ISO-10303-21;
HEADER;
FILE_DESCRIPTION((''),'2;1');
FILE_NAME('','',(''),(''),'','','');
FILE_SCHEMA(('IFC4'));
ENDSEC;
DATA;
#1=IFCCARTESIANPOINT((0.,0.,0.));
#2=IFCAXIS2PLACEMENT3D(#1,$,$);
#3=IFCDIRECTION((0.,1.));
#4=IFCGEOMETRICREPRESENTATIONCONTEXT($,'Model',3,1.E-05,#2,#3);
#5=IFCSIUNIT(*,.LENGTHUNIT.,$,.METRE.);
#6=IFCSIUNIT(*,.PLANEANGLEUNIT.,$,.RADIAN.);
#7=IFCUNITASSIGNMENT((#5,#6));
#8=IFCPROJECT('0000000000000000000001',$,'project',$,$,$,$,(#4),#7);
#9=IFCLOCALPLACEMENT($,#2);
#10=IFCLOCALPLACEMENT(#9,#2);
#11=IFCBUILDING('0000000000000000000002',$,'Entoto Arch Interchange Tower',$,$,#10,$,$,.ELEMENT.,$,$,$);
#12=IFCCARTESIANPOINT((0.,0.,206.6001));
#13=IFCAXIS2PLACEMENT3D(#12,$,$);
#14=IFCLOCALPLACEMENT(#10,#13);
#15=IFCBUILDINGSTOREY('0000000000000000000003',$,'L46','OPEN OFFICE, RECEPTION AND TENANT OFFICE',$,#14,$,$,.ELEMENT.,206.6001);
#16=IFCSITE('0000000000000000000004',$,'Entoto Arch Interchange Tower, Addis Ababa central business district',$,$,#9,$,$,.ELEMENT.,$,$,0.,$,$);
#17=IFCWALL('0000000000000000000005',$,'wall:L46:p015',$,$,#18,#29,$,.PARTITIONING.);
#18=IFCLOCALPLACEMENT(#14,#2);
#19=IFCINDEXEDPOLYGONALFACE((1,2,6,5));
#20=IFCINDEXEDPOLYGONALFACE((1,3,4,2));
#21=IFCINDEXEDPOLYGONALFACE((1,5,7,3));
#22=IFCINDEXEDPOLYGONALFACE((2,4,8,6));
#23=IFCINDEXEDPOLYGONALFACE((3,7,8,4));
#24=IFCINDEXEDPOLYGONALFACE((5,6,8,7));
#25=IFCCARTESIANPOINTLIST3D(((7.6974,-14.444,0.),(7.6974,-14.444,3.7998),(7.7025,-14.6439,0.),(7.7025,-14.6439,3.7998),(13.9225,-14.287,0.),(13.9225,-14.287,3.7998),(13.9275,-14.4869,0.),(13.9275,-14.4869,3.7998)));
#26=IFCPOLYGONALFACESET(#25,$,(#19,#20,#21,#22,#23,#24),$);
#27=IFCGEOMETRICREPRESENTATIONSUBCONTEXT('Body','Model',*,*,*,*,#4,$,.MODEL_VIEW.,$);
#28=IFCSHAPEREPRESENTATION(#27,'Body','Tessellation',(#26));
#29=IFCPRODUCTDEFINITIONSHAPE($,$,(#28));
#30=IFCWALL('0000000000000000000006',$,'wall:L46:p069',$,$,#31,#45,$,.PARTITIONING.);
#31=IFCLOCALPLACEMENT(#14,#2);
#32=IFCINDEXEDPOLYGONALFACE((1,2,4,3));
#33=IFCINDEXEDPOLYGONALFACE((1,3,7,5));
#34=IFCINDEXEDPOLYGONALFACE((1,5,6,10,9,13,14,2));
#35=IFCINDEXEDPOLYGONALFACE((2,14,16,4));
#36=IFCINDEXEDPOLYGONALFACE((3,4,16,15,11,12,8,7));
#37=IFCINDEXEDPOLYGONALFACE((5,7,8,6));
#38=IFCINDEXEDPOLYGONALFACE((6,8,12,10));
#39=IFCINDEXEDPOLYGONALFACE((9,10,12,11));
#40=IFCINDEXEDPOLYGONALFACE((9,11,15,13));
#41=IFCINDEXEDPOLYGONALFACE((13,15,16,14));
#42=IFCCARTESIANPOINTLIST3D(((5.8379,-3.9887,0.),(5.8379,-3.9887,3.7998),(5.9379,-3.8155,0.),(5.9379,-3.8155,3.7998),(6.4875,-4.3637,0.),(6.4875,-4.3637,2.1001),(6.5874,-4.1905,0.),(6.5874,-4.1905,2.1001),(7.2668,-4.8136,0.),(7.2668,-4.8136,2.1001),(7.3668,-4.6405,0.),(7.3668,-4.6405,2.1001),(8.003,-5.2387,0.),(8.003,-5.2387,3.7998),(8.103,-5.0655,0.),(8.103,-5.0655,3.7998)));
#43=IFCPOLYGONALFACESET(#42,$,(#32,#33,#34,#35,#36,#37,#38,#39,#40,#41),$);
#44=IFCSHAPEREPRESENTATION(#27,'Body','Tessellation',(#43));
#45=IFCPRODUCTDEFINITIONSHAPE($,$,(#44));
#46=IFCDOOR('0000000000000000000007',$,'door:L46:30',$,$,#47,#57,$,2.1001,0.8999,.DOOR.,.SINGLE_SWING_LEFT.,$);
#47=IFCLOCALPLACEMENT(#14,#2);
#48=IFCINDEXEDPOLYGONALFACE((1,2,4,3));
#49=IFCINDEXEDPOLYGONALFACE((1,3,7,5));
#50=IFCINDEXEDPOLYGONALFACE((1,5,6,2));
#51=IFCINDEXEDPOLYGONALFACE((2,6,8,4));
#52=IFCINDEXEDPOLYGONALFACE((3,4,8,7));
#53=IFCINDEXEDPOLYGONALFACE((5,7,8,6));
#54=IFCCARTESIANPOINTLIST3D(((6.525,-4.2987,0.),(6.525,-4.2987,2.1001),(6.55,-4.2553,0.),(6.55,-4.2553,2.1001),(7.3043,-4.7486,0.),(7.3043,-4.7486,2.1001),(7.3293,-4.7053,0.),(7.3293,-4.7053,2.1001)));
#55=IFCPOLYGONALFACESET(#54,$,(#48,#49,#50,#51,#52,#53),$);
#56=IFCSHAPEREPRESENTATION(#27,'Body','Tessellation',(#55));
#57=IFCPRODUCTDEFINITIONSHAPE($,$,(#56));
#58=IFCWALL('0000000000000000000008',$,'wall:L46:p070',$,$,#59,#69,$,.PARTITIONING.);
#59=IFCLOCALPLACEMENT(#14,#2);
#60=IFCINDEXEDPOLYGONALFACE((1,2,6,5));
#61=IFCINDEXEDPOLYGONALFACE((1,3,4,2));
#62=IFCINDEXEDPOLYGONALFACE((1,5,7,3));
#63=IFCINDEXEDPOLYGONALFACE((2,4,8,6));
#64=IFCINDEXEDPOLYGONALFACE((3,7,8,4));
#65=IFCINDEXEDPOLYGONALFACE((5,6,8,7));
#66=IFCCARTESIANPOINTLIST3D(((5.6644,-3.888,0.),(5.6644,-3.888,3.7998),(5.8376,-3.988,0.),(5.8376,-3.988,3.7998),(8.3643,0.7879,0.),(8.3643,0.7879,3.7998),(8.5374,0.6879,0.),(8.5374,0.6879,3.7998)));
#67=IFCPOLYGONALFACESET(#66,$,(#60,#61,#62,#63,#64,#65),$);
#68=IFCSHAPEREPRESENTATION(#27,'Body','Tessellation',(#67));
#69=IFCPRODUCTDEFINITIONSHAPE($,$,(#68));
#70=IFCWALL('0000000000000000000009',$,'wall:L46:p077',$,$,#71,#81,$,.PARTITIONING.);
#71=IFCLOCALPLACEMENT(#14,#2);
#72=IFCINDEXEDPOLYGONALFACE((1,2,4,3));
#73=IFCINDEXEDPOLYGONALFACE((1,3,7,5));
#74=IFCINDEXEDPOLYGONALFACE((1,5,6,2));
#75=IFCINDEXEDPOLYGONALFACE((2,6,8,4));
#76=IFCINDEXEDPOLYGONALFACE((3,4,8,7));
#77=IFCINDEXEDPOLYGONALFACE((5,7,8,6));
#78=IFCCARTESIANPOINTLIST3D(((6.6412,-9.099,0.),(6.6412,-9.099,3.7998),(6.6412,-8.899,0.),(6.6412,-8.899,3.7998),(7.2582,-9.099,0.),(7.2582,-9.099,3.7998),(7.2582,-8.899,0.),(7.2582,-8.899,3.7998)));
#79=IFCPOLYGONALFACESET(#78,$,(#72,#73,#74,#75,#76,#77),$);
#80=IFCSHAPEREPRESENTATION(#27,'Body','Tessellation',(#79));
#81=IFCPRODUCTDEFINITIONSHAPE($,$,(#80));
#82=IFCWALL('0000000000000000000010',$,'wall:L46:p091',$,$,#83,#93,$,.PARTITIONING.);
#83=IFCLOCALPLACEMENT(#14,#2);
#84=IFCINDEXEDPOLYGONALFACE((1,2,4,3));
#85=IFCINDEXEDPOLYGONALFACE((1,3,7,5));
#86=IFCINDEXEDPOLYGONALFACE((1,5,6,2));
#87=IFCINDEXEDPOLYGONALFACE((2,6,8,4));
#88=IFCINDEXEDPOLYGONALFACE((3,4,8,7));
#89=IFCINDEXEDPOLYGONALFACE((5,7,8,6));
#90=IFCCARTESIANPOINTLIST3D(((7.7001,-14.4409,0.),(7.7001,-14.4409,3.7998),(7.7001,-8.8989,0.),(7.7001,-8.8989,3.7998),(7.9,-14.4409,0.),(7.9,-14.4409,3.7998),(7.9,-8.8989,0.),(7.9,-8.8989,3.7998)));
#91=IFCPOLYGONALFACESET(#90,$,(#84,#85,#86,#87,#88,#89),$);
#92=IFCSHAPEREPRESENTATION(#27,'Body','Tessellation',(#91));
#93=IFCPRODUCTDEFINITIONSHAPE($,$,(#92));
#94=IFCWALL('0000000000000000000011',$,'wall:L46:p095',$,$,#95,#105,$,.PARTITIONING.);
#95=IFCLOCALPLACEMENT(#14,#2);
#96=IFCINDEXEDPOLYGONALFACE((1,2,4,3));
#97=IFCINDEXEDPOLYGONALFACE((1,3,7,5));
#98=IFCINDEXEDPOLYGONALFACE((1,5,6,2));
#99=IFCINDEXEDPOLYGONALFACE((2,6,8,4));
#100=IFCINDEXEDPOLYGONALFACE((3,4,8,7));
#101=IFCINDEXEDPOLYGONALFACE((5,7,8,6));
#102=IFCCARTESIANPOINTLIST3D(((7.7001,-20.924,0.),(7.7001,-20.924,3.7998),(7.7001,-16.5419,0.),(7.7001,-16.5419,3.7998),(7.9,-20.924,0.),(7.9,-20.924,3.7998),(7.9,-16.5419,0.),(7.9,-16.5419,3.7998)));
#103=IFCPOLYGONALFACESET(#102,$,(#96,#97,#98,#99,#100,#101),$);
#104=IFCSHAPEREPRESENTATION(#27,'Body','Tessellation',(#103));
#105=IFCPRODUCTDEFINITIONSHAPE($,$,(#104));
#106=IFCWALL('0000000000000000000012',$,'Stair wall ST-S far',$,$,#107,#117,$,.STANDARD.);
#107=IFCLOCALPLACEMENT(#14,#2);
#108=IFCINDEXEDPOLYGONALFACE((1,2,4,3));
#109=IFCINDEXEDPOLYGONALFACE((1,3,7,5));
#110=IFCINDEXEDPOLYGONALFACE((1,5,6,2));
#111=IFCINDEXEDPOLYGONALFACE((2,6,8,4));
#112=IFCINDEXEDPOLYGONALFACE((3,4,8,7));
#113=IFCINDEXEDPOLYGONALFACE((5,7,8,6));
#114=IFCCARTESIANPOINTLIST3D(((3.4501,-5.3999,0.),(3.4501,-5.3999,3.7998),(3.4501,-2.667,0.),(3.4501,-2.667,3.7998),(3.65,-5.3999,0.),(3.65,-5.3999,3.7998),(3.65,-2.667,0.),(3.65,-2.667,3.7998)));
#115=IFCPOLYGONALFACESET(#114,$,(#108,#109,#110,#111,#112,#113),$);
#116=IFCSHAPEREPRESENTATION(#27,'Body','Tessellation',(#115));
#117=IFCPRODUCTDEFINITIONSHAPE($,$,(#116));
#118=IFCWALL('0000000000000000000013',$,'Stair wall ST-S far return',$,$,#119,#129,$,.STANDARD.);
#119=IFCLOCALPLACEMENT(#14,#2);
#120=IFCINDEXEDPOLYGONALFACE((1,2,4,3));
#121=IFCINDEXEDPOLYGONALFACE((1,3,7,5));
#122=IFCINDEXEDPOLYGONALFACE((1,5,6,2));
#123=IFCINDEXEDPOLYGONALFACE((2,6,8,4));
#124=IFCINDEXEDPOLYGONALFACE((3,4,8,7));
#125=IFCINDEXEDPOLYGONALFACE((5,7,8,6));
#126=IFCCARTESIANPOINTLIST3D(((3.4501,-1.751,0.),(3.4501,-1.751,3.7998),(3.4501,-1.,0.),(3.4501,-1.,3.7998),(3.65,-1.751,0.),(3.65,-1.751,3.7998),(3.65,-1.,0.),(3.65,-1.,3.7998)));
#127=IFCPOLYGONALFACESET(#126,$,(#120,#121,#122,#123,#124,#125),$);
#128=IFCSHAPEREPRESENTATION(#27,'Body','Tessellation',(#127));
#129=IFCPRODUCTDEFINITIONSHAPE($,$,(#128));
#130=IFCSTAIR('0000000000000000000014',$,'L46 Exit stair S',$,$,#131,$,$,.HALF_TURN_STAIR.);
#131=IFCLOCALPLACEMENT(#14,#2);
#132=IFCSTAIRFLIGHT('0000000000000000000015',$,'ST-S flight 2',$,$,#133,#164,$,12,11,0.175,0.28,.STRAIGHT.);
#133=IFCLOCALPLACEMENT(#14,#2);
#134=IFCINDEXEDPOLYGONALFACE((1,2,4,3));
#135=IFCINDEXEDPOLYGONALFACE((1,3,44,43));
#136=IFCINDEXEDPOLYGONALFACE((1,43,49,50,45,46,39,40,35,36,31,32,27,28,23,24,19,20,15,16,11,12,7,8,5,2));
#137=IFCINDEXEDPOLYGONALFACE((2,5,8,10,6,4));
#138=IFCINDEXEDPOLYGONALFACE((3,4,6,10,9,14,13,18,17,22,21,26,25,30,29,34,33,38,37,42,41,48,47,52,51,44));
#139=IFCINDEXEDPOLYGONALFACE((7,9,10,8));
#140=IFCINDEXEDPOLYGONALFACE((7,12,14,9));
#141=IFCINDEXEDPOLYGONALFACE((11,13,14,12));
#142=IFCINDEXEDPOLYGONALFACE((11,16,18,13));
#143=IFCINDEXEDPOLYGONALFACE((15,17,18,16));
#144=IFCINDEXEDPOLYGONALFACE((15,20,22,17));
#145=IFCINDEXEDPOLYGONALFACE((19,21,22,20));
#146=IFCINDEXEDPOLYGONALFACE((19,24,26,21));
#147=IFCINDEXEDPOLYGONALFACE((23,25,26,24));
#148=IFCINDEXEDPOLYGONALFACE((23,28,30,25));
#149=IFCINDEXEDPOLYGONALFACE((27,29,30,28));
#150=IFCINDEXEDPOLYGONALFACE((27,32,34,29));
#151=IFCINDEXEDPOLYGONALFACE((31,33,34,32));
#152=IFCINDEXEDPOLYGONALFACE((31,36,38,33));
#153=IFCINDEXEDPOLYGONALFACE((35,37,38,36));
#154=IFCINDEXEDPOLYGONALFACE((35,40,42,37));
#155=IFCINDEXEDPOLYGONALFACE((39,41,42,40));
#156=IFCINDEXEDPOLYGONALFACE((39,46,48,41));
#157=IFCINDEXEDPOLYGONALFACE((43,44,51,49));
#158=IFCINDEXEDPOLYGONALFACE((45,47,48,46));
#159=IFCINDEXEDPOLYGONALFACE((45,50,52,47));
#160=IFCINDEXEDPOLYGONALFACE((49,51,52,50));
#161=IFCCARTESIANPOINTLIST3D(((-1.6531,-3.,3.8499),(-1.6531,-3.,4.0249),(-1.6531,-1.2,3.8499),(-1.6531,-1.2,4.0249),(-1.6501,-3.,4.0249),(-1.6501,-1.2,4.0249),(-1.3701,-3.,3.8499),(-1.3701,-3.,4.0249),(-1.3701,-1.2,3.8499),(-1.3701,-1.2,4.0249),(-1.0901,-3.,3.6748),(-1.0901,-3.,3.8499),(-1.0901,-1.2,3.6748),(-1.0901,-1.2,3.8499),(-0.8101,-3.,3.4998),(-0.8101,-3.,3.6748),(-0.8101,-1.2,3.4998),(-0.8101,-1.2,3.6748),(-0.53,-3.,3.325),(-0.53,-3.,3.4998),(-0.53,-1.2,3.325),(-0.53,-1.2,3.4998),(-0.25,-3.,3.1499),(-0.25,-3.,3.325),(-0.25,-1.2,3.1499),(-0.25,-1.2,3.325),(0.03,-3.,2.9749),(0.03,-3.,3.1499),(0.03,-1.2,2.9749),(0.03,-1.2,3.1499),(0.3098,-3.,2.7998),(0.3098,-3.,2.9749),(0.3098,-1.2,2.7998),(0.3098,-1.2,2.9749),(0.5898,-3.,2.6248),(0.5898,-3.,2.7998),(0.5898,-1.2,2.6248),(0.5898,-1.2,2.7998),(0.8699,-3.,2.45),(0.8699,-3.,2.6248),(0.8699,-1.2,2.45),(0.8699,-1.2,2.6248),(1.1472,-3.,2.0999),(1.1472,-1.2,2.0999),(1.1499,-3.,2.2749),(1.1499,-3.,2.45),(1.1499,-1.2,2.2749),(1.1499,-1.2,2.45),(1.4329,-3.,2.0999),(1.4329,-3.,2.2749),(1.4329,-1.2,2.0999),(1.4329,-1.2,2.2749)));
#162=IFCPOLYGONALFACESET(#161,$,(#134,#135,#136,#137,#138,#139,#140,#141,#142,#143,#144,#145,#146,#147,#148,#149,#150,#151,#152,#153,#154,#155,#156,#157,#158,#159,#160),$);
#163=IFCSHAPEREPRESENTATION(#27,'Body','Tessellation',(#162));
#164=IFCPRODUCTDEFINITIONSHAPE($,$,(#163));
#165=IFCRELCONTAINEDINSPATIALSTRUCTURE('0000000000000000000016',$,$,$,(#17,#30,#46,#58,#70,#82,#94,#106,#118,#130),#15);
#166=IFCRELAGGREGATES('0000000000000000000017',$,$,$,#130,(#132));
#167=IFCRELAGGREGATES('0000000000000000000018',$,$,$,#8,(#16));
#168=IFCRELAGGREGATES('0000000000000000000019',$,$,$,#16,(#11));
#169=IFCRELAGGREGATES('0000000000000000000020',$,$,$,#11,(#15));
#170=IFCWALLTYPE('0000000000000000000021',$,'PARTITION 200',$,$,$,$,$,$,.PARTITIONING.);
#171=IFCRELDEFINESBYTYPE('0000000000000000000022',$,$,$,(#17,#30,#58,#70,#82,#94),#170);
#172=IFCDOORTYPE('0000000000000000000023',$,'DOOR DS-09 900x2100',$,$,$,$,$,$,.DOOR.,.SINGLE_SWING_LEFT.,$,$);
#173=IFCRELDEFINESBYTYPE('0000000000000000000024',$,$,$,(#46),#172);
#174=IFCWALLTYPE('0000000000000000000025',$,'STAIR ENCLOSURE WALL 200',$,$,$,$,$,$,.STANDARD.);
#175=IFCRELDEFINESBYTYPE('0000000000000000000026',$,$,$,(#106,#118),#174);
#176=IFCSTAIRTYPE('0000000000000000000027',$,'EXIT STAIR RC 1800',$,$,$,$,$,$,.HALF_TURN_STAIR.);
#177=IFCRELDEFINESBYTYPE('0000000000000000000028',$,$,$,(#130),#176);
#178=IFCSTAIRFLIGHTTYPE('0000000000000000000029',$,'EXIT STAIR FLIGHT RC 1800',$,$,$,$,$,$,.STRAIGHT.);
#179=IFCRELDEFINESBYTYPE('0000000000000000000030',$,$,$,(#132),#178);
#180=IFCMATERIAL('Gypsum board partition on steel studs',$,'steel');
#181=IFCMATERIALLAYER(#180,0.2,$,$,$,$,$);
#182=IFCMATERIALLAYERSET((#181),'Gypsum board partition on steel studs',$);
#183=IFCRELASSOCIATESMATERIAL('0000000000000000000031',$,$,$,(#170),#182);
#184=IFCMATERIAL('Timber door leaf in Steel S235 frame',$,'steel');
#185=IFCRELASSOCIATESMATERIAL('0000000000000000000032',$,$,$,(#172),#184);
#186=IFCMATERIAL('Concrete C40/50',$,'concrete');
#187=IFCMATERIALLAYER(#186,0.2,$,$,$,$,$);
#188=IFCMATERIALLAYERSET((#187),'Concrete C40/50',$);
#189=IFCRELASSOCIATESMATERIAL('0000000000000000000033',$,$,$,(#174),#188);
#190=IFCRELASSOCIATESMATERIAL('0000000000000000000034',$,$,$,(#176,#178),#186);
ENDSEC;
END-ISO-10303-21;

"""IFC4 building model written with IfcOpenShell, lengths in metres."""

from ifc_helpers import new_model, si_unit, direction, frame, frame_2d, origin, place, context, subcontext, project, spatial, polyline, rectangle, outline, extrude, material, layer, layer_set, type_object, element, fill, aggregate, save


model = new_model("IFC4")

# Units and contexts
model_context = context("Model", 3, precision=1e-05, world=origin(), true_north=direction((0.0, 1.0)))
body_context = subcontext(model_context, "Body", "Model", "MODEL_VIEW")
ifc_project = project(units=[si_unit("LENGTHUNIT", "METRE"), si_unit("PLANEANGLEUNIT", "RADIAN")], contexts=[model_context])

# Site, building, storey
site_placement = place(None, origin())
site = spatial("IfcSite", under=ifc_project, at=site_placement, Name="Entoto Arch Interchange Tower, Addis Ababa central business district", CompositionType="ELEMENT", RefElevation=0.0)
building_placement = place(site_placement, origin())
building = spatial("IfcBuilding", under=site, at=building_placement, Name="Entoto Arch Interchange Tower", CompositionType="ELEMENT")
storey_placement = place(building_placement, frame((0.0, 0.0, 206.6001)))
storey = spatial("IfcBuildingStorey", under=building, at=storey_placement, Name="L46", Description="OPEN OFFICE, RECEPTION AND TENANT OFFICE", CompositionType="ELEMENT", Elevation=206.6001)

# Shared definitions
ifc_material_1 = material(Name="Concrete C40/50", Category="concrete")

# Wall
ifc_material_2 = material(Name="Gypsum board partition on steel studs", Category="steel")
ifc_layer_1 = layer(ifc_material_2, 0.2)
ifc_layer_set_1 = layer_set([ifc_layer_1], Name="Gypsum board partition on steel studs")
wall_type_1 = type_object("IfcWallType", Name="PARTITION 200", PredefinedType="PARTITIONING", material=ifc_layer_set_1)
wall_1_placement = place(storey_placement, frame((7.7, -14.5439, 0.0), z_axis=(0.0, 0.0, 1.0), x_axis=(0.999682, 0.02521, 0.0)))
element("IfcWall", 1, at=wall_1_placement, inside=storey, type_object=wall_type_1, Name="wall:L46:p015", PredefinedType="PARTITIONING", context=body_context, shape_type="SweptSolid", body=[
    extrude(rectangle(XDim=6.2271, YDim=0.2, at=frame_2d((3.1135, 0.0))), origin(), (0.0, 0.0, 1.0), 3.7998),
])

# Wall, opening, door
wall_2_placement = place(storey_placement, frame((8.053, -5.1521, 0.0), z_axis=(0.0, 0.0, 1.0), x_axis=(-0.866023, 0.500004, 0.0)))
wall_2 = element("IfcWall", 2, at=wall_2_placement, inside=storey, type_object=wall_type_1, Name="wall:L46:p069", PredefinedType="PARTITIONING", context=body_context, shape_type="SweptSolid", body=[
    extrude(rectangle(XDim=2.5, YDim=0.2, at=frame_2d((1.25, 0.0))), origin(), (0.0, 0.0, 1.0), 3.7998),
])
opening_1_placement = place(wall_2_placement, frame((0.8501, 0.0, 0.0)))
opening_1 = element("IfcOpeningElement", 3, at=opening_1_placement, cuts=wall_2, PredefinedType="OPENING", context=body_context, shape_type="SweptSolid", body=[
    extrude(rectangle(XDim=0.8999, YDim=2.1001, at=frame_2d((0.45, 1.05))), frame((0.0, 0.1099, 0.0), z_axis=(0.0, -1.0, 0.0), x_axis=(1.0, 0.0, 0.0)), (0.0, 0.0, 1.0), 0.22),
])
ifc_material_3 = material(Name="Timber door leaf in Steel S235 frame", Category="steel")
door_type_1 = type_object("IfcDoorType", Name="DOOR DS-09 900x2100", OperationType="SINGLE_SWING_LEFT", PredefinedType="DOOR", material=ifc_material_3)
door_1_placement = place(opening_1_placement, origin())
door_1 = element("IfcDoor", 4, at=door_1_placement, inside=storey, type_object=door_type_1, Name="door:L46:30", OperationType="SINGLE_SWING_LEFT", OverallHeight=2.1001, OverallWidth=0.8999, PredefinedType="DOOR", context=body_context, shape_type="SweptSolid", body=[
    extrude(rectangle(XDim=0.8999, YDim=2.1001, at=frame_2d((0.45, 1.05))), frame((0.0, 0.0249, 0.0), z_axis=(0.0, -1.0, 0.0), x_axis=(1.0, 0.0, 0.0)), (0.0, 0.0, 1.0), 0.05),
])
fill(opening_1, door_1)

# Walls
wall_3_placement = place(storey_placement, frame((5.751, -3.938, 0.0), z_axis=(0.0, 0.0, 1.0), x_axis=(0.500034, 0.866006, 0.0)))
element("IfcWall", 5, at=wall_3_placement, inside=storey, type_object=wall_type_1, Name="wall:L46:p070", PredefinedType="PARTITIONING", context=body_context, shape_type="SweptSolid", body=[
    extrude(rectangle(XDim=5.3994, YDim=0.2, at=frame_2d((2.6997, 0.0))), origin(), (0.0, 0.0, 1.0), 3.7998),
])
wall_4_placement = place(storey_placement, frame((6.6411, -8.999, 0.0), z_axis=(0.0, 0.0, 1.0), x_axis=(1.0, 0.0, 0.0)))
element("IfcWall", 6, at=wall_4_placement, inside=storey, type_object=wall_type_1, Name="wall:L46:p077", PredefinedType="PARTITIONING", context=body_context, shape_type="SweptSolid", body=[
    extrude(rectangle(XDim=0.6169, YDim=0.2, at=frame_2d((0.3086, 0.0))), origin(), (0.0, 0.0, 1.0), 3.7998),
])
wall_5_placement = place(storey_placement, frame((7.8, -8.8989, 0.0), z_axis=(0.0, 0.0, 1.0), x_axis=(0.0, -1.0, 0.0)))
element("IfcWall", 7, at=wall_5_placement, inside=storey, type_object=wall_type_1, Name="wall:L46:p091", PredefinedType="PARTITIONING", context=body_context, shape_type="SweptSolid", body=[
    extrude(rectangle(XDim=5.542, YDim=0.2, at=frame_2d((2.771, 0.0))), origin(), (0.0, 0.0, 1.0), 3.7998),
])
wall_6_placement = place(storey_placement, frame((7.8, -16.542, 0.0), z_axis=(0.0, 0.0, 1.0), x_axis=(0.0, -1.0, 0.0)))
element("IfcWall", 8, at=wall_6_placement, inside=storey, type_object=wall_type_1, Name="wall:L46:p095", PredefinedType="PARTITIONING", context=body_context, shape_type="SweptSolid", body=[
    extrude(rectangle(XDim=4.3821, YDim=0.2, at=frame_2d((2.1909, 0.0))), origin(), (0.0, 0.0, 1.0), 3.7998),
])
ifc_layer_2 = layer(ifc_material_1, 0.2)
ifc_layer_set_2 = layer_set([ifc_layer_2], Name="Concrete C40/50")
wall_type_2 = type_object("IfcWallType", Name="STAIR ENCLOSURE WALL 200", PredefinedType="STANDARD", material=ifc_layer_set_2)
wall_7_placement = place(storey_placement, frame((3.55, -2.667, 0.0), z_axis=(0.0, 0.0, 1.0), x_axis=(0.0, -1.0, 0.0)))
element("IfcWall", 9, at=wall_7_placement, inside=storey, type_object=wall_type_2, Name="Stair wall ST-S far", PredefinedType="STANDARD", context=body_context, shape_type="SweptSolid", body=[
    extrude(rectangle(XDim=2.7329, YDim=0.2, at=frame_2d((1.3665, 0.0))), origin(), (0.0, 0.0, 1.0), 3.7998),
])
wall_8_placement = place(storey_placement, frame((3.55, -1.0, 0.0), z_axis=(0.0, 0.0, 1.0), x_axis=(0.0, -1.0, 0.0)))
element("IfcWall", 10, at=wall_8_placement, inside=storey, type_object=wall_type_2, Name="Stair wall ST-S far return", PredefinedType="STANDARD", context=body_context, shape_type="SweptSolid", body=[
    extrude(rectangle(XDim=0.751, YDim=0.2, at=frame_2d((0.3755, 0.0))), origin(), (0.0, 0.0, 1.0), 3.7998),
])

# Stair, stair flight
stair_type = type_object("IfcStairType", Name="EXIT STAIR RC 1800", PredefinedType="HALF_TURN_STAIR", material=ifc_material_1)
stair_placement = place(storey_placement, origin())
stair = element("IfcStair", 11, at=stair_placement, inside=storey, type_object=stair_type, Name="L46 Exit stair S", PredefinedType="HALF_TURN_STAIR")
stair_flight_type = type_object("IfcStairFlightType", Name="EXIT STAIR FLIGHT RC 1800", PredefinedType="STRAIGHT", material=ifc_material_1)
stair_flight_placement = place(storey_placement, frame((1.4299, -2.1001, 2.0999), z_axis=(0.0, 0.0, 1.0), x_axis=(-1.0, 0.0, 0.0)))
stair_flight = element("IfcStairFlight", 12, at=stair_flight_placement, type_object=stair_flight_type, Name="ST-S flight 2", NumberOfRisers=12, NumberOfTreads=11, PredefinedType="STRAIGHT", RiserHeight=0.175, TreadLength=0.28, context=body_context, shape_type="SweptSolid", body=[
    extrude(outline(polyline([(-0.0029, 0.0), (-0.0029, 0.175), (0.28, 0.175), (0.28, 0.3501), (0.5601, 0.3501), (0.5601, 0.5249), (0.8401, 0.5249), (0.8401, 0.7), (1.1201, 0.7), (1.1201, 0.875), (1.3999, 0.875), (1.3999, 1.05), (1.6799, 1.05), (1.6799, 1.2251), (1.96, 1.2251), (1.96, 1.3999), (2.24, 1.3999), (2.24, 1.575), (2.52, 1.575), (2.52, 1.75), (2.8, 1.75), (2.8, 1.925), (3.0801, 1.925), (3.083, 1.925), (3.083, 1.75), (0.2827, 0.0), (-0.0029, 0.0)])), frame((0.0, 0.8999, 0.0), z_axis=(0.0, -1.0, 0.0), x_axis=(1.0, 0.0, 0.0)), (0.0, 0.0, 1.0), 1.8),
])
aggregate(stair, [stair_flight])

save(model, "model.ifc")
